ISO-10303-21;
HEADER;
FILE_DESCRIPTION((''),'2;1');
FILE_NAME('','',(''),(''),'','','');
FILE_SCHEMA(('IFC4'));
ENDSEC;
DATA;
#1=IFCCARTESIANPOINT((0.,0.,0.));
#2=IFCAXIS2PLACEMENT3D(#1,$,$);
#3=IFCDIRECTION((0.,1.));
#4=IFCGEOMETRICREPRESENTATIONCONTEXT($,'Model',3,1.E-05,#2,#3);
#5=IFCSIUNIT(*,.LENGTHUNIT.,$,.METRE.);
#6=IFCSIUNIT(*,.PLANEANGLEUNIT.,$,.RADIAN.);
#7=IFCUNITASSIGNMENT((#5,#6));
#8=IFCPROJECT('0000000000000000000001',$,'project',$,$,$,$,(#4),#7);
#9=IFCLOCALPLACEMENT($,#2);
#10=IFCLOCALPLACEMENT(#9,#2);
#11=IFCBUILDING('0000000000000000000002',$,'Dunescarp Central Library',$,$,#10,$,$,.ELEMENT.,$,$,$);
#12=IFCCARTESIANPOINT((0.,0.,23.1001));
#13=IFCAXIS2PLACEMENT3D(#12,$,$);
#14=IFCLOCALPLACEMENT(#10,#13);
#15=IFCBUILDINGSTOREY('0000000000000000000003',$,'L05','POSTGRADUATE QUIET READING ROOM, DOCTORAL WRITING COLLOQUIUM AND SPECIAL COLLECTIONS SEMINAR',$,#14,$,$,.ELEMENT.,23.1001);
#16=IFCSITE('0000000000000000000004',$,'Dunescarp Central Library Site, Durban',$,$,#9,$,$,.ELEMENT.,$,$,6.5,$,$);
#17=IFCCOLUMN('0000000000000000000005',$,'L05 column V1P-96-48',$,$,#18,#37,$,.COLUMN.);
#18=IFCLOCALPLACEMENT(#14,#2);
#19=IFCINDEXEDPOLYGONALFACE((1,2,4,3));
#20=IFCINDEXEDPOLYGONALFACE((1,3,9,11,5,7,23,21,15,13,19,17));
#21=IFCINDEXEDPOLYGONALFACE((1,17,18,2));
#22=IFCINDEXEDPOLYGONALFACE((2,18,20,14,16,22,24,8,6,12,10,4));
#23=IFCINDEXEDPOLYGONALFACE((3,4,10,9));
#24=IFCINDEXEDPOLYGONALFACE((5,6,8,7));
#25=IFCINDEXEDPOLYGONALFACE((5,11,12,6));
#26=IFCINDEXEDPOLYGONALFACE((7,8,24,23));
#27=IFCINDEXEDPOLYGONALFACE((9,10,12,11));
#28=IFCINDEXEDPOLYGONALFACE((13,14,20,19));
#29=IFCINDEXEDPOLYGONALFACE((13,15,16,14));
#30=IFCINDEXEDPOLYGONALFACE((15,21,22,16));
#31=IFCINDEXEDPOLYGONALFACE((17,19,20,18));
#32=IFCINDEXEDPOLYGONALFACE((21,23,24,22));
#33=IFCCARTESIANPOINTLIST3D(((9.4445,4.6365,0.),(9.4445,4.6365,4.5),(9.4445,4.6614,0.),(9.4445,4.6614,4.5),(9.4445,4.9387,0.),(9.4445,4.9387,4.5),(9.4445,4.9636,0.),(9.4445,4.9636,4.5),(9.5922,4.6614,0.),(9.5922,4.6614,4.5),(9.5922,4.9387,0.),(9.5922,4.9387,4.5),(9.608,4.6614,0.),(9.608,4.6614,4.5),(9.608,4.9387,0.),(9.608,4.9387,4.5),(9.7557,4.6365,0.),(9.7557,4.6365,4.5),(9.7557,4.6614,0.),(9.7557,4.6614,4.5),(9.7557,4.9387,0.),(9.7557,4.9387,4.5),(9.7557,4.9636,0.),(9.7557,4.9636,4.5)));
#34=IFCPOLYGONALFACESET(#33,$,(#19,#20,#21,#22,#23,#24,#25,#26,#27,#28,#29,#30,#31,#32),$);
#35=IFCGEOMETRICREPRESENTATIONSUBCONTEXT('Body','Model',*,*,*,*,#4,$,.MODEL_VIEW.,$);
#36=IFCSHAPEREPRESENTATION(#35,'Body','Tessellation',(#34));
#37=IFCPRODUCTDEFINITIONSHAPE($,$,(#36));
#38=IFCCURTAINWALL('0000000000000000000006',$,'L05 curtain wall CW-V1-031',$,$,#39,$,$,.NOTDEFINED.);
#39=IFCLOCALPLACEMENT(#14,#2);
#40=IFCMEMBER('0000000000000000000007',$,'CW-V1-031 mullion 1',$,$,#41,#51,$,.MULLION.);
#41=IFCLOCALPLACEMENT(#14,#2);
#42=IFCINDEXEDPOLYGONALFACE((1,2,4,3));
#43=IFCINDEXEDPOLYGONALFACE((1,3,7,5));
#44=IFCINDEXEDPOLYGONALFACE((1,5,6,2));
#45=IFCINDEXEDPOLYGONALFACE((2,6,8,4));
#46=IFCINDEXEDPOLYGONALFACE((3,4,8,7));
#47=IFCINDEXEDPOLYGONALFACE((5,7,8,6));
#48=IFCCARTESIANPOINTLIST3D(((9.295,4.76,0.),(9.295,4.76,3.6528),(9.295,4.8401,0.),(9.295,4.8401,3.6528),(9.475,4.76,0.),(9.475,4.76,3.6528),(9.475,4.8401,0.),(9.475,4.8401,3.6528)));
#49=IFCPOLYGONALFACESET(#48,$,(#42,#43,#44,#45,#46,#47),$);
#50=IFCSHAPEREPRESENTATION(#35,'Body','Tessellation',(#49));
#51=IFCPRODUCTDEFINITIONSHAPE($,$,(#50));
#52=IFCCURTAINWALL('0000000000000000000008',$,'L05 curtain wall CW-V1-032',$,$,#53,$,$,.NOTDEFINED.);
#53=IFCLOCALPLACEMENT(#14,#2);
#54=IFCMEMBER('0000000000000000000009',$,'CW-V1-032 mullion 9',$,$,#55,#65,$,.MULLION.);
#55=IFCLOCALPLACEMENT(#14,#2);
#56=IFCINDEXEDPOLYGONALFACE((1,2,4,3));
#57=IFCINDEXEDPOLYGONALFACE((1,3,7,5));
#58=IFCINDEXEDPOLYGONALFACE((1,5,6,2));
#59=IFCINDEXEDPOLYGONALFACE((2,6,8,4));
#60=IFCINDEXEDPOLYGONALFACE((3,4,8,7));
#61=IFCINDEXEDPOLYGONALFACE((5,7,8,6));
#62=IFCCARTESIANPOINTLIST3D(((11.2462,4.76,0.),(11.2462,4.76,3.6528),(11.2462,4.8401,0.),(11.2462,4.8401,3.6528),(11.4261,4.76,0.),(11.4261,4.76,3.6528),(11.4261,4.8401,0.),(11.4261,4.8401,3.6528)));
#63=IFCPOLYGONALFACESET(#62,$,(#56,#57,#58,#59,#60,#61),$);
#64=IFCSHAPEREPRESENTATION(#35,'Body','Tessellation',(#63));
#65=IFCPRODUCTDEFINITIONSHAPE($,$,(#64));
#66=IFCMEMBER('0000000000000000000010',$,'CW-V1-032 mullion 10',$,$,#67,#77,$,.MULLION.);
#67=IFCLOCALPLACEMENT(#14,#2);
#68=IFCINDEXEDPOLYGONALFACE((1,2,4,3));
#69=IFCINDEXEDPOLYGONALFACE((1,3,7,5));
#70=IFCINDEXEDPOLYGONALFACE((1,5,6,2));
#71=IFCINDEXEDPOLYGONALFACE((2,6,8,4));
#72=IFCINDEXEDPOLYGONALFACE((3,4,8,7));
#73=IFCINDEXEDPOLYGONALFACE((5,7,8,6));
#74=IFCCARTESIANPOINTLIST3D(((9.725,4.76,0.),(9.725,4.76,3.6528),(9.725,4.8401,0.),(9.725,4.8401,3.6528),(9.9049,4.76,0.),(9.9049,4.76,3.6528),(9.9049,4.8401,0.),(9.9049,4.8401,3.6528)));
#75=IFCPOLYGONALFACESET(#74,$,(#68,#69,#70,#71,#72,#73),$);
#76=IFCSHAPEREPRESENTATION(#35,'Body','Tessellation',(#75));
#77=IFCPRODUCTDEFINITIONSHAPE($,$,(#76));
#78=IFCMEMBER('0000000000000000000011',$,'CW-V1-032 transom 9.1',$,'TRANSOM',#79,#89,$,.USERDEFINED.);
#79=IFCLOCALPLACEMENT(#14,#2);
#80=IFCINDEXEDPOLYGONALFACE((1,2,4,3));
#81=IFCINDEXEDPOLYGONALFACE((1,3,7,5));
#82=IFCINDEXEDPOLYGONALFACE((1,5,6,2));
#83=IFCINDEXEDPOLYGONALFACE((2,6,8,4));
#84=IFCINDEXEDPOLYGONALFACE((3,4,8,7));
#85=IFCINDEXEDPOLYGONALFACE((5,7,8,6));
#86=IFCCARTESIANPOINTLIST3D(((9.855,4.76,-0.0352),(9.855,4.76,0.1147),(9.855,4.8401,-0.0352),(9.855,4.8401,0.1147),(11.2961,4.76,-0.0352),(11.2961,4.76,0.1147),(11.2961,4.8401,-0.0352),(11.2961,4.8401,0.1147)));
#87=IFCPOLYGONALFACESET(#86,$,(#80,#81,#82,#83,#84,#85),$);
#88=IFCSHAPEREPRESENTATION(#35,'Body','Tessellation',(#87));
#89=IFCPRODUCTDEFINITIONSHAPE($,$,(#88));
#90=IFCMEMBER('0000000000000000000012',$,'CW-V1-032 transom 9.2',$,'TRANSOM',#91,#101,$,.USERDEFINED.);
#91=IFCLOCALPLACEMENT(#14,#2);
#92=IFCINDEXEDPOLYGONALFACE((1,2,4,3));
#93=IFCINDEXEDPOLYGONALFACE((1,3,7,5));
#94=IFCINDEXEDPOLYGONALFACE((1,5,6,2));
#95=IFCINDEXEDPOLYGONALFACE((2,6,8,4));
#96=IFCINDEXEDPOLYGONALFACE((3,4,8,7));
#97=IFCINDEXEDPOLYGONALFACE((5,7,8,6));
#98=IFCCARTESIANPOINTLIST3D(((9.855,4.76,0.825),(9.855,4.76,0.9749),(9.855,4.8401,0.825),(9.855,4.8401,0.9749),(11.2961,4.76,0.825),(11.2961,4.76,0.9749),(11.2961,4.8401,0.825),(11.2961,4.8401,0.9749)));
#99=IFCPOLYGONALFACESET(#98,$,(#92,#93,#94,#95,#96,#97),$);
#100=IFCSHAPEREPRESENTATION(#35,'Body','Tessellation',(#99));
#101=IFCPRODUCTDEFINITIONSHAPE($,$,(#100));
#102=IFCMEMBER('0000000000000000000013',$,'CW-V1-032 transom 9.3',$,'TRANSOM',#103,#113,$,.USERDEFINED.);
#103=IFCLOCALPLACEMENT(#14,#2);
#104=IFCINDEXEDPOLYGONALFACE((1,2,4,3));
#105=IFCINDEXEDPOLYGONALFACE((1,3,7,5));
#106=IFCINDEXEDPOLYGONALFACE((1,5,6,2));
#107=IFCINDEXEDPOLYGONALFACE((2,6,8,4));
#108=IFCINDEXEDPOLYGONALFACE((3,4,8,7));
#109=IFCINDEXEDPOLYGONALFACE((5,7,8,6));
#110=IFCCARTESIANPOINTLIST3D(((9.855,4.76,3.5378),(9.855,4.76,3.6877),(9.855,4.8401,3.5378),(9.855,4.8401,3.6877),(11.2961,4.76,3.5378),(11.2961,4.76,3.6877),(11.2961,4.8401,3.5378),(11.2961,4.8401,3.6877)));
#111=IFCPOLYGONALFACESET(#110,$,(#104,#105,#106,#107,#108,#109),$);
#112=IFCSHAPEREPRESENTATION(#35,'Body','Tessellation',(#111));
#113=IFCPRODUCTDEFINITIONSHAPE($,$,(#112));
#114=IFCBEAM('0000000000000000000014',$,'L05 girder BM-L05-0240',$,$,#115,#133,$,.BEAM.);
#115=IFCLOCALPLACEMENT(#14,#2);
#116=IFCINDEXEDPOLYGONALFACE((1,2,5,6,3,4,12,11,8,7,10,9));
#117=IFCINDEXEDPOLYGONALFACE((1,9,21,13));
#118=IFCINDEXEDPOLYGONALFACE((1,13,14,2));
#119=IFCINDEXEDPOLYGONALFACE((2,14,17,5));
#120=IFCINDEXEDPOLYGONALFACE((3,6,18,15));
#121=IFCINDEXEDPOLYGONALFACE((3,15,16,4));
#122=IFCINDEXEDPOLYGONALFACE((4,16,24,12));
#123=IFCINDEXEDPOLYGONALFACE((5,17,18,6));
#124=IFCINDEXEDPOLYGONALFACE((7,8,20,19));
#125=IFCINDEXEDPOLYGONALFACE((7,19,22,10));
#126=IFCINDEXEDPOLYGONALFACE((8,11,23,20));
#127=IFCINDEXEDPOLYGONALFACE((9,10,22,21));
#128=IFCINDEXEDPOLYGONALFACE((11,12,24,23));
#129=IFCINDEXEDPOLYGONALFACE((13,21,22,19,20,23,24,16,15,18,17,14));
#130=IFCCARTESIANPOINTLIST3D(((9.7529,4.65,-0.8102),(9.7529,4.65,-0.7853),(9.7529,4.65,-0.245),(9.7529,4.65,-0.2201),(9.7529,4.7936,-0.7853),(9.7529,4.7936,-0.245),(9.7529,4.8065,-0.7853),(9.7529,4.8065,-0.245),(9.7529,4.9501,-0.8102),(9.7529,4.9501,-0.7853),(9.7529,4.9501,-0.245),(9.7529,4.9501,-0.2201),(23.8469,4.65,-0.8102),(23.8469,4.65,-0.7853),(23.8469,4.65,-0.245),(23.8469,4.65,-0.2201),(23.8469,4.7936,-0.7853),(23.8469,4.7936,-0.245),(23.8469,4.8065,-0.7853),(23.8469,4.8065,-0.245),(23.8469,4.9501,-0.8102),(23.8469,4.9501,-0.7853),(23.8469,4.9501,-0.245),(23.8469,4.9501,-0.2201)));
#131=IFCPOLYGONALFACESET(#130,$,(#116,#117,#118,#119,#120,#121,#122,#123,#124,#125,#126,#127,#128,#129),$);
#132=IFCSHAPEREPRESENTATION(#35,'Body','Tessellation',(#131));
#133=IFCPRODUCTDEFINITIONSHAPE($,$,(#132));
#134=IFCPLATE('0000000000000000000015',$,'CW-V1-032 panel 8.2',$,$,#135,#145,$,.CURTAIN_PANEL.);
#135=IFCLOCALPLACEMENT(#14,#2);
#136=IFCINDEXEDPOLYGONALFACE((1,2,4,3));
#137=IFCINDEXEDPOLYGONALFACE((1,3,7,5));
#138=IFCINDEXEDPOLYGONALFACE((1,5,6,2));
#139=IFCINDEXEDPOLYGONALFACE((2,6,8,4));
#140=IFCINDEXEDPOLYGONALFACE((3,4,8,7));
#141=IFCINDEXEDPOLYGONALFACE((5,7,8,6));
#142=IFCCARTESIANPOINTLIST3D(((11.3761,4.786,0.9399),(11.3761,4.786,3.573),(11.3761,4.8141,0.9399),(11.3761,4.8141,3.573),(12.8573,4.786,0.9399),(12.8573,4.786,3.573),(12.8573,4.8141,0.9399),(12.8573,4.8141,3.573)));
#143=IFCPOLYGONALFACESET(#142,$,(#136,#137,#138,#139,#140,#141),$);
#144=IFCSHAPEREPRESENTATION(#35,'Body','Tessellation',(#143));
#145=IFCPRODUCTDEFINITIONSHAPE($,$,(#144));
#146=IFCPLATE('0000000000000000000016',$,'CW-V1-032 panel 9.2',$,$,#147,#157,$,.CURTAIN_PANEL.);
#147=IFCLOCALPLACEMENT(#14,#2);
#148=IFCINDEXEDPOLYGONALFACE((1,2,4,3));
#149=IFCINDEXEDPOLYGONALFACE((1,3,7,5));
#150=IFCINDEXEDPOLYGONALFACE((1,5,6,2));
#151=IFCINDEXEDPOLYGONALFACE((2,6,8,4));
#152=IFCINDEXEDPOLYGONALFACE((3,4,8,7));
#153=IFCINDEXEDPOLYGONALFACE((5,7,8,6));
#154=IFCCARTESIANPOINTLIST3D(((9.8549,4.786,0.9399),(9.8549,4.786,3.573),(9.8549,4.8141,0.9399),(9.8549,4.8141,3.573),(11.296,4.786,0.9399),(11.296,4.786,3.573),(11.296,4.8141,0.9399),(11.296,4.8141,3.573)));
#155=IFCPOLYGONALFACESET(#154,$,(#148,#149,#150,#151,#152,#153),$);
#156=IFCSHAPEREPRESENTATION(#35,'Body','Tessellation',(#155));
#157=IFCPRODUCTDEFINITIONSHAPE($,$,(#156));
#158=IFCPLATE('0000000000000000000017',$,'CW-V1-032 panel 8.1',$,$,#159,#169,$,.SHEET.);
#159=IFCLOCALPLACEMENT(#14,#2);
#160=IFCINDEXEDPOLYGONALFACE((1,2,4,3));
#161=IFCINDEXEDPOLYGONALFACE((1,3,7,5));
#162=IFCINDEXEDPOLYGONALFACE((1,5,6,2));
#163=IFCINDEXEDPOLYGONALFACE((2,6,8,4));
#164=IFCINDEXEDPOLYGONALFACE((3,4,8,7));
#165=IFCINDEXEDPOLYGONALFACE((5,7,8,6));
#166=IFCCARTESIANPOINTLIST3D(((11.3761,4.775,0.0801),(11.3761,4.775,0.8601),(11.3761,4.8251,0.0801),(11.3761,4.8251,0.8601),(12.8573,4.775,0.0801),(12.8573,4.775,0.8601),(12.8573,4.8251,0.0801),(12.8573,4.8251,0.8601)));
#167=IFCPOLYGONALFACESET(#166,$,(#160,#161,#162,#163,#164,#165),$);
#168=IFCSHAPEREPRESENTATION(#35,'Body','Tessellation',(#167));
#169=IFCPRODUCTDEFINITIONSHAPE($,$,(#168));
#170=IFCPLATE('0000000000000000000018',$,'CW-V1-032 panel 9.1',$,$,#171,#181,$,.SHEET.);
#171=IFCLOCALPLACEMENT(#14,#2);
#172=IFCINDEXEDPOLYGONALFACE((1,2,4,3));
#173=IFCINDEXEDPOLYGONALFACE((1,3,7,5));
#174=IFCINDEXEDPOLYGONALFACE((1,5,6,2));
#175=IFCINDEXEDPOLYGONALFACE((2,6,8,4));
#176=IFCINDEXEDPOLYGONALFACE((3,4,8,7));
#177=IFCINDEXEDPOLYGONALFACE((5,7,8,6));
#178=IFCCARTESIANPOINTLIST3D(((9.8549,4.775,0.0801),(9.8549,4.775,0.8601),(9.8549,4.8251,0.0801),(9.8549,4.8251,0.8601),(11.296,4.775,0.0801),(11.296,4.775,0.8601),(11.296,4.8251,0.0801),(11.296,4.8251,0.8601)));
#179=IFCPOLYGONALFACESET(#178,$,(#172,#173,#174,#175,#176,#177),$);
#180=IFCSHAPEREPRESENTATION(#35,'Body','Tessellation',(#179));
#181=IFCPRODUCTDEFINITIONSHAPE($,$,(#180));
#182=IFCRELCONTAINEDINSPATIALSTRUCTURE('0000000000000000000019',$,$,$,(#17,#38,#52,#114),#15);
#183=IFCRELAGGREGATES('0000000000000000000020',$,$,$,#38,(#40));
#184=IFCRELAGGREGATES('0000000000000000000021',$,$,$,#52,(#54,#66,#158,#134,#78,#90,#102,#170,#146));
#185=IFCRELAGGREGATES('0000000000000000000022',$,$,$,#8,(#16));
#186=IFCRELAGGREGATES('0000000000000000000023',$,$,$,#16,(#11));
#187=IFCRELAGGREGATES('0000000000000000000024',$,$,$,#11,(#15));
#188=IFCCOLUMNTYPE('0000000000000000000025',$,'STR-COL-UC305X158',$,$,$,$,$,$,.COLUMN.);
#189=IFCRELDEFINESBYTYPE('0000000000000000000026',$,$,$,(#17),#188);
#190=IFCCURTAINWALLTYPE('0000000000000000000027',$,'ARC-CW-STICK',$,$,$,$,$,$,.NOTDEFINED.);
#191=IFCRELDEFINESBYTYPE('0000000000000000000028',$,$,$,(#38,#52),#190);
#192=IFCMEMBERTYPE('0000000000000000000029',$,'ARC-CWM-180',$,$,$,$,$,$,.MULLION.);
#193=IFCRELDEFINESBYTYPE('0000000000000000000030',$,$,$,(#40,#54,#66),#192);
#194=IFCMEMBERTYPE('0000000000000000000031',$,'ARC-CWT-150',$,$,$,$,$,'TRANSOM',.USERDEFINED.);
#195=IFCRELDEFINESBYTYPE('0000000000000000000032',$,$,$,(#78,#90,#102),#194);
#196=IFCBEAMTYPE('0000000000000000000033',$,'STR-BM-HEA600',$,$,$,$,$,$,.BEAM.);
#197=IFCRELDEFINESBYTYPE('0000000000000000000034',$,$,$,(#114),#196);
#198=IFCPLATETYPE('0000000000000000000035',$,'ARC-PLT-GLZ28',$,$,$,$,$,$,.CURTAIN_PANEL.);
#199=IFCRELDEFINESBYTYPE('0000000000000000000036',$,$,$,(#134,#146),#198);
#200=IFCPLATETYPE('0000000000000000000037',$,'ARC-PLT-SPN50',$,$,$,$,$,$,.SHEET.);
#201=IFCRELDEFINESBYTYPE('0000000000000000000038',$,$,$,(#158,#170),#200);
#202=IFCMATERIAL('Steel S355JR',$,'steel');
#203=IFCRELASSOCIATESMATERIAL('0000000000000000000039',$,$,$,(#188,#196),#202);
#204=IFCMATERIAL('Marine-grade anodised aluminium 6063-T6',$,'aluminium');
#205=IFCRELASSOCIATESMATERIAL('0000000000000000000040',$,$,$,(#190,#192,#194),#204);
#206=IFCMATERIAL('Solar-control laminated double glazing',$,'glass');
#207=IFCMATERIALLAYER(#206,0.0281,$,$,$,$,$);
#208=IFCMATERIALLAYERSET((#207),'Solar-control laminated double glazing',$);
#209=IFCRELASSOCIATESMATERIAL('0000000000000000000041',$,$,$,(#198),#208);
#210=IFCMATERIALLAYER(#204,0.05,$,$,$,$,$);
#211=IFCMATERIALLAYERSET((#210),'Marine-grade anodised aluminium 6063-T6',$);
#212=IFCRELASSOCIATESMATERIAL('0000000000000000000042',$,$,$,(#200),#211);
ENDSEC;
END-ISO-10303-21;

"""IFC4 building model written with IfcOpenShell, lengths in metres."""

from ifc_helpers import new_model, si_unit, direction, frame, origin, origin_2d, place, context, subcontext, project, spatial, rectangle, i_section, extrude, material, layer, layer_set, material_profile, profile_set, type_object, element, aggregate, save


model = new_model("IFC4")

# Units and contexts
model_context = context("Model", 3, precision=1e-05, world=origin(), true_north=direction((0.0, 1.0)))
body_context = subcontext(model_context, "Body", "Model", "MODEL_VIEW")
ifc_project = project(units=[si_unit("LENGTHUNIT", "METRE"), si_unit("PLANEANGLEUNIT", "RADIAN")], contexts=[model_context])

# Site, building, storey
site_placement = place(None, origin())
site = spatial("IfcSite", under=ifc_project, at=site_placement, Name="Dunescarp Central Library Site, Durban", CompositionType="ELEMENT", RefElevation=6.5)
building_placement = place(site_placement, origin())
building = spatial("IfcBuilding", under=site, at=building_placement, Name="Dunescarp Central Library", CompositionType="ELEMENT")
storey_placement = place(building_placement, frame((0.0, 0.0, 23.1001)))
storey = spatial("IfcBuildingStorey", under=building, at=storey_placement, Name="L05", Description="POSTGRADUATE QUIET READING ROOM, DOCTORAL WRITING COLLOQUIUM AND SPECIAL COLLECTIONS SEMINAR", CompositionType="ELEMENT", Elevation=23.1001)

# Column
ifc_material_1 = material(Name="Steel S355JR", Category="steel")
ifc_material_profile_1 = material_profile(ifc_material_1, i_section(OverallWidth=0.3113, OverallDepth=0.3271, WebThickness=0.0159, FlangeThickness=0.0249, at=origin_2d()), Name="UC 305x305x158")
ifc_profile_set_1 = profile_set([ifc_material_profile_1], Name="Steel S355JR")
column_type = type_object("IfcColumnType", Name="STR-COL-UC305X158", PredefinedType="COLUMN", material=ifc_profile_set_1)
column_placement = place(storey_placement, frame((9.6001, 4.8, 0.0), z_axis=(0.0, 0.0, 1.0), x_axis=(1.0, 0.0, 0.0)))
element("IfcColumn", 1, at=column_placement, inside=storey, type_object=column_type, Name="L05 column V1P-96-48", PredefinedType="COLUMN", context=body_context, shape_type="SweptSolid", body=[
    extrude(i_section(OverallWidth=0.3113, OverallDepth=0.3271, WebThickness=0.0159, FlangeThickness=0.0249, at=origin_2d()), origin(), (0.0, 0.0, 1.0), 4.5),
])

# Curtain wall, member
ifc_material_2 = material(Name="Marine-grade anodised aluminium 6063-T6", Category="aluminium")
curtain_wall_type = type_object("IfcCurtainWallType", Name="ARC-CW-STICK", PredefinedType="NOTDEFINED", material=ifc_material_2)
curtain_wall_1_placement = place(storey_placement, origin())
curtain_wall_1 = element("IfcCurtainWall", 2, at=curtain_wall_1_placement, inside=storey, type_object=curtain_wall_type, Name="L05 curtain wall CW-V1-031", PredefinedType="NOTDEFINED")
ifc_material_profile_2 = material_profile(ifc_material_2, rectangle(XDim=0.0801, YDim=0.1799, at=origin_2d()), Name="AL 80x180")
ifc_profile_set_2 = profile_set([ifc_material_profile_2], Name="Marine-grade anodised aluminium 6063-T6")
member_type_1 = type_object("IfcMemberType", Name="ARC-CWM-180", PredefinedType="MULLION", material=ifc_profile_set_2)
member_1_placement = place(storey_placement, frame((9.385, 4.8, 0.0), z_axis=(0.0, 0.0, 1.0), x_axis=(0.0, -1.0, 0.0)))
member_1 = element("IfcMember", 3, at=member_1_placement, type_object=member_type_1, Name="CW-V1-031 mullion 1", PredefinedType="MULLION", context=body_context, shape_type="SweptSolid", body=[
    extrude(rectangle(XDim=0.0801, YDim=0.1799, at=origin_2d()), origin(), (0.0, 0.0, 1.0), 3.6528),
])
aggregate(curtain_wall_1, [member_1])

# Curtain wall, members
curtain_wall_2_placement = place(storey_placement, origin())
curtain_wall_2 = element("IfcCurtainWall", 4, at=curtain_wall_2_placement, inside=storey, type_object=curtain_wall_type, Name="L05 curtain wall CW-V1-032", PredefinedType="NOTDEFINED")
member_2_placement = place(storey_placement, frame((11.3362, 4.8, 0.0), z_axis=(0.0, 0.0, 1.0), x_axis=(0.0, -1.0, 0.0)))
member_2 = element("IfcMember", 5, at=member_2_placement, type_object=member_type_1, Name="CW-V1-032 mullion 9", PredefinedType="MULLION", context=body_context, shape_type="SweptSolid", body=[
    extrude(rectangle(XDim=0.0801, YDim=0.1799, at=origin_2d()), origin(), (0.0, 0.0, 1.0), 3.6528),
])
member_3_placement = place(storey_placement, frame((9.8149, 4.8, 0.0), z_axis=(0.0, 0.0, 1.0), x_axis=(0.0, -1.0, 0.0)))
member_3 = element("IfcMember", 6, at=member_3_placement, type_object=member_type_1, Name="CW-V1-032 mullion 10", PredefinedType="MULLION", context=body_context, shape_type="SweptSolid", body=[
    extrude(rectangle(XDim=0.0801, YDim=0.1799, at=origin_2d()), origin(), (0.0, 0.0, 1.0), 3.6528),
])
ifc_material_profile_3 = material_profile(ifc_material_2, rectangle(XDim=0.0801, YDim=0.1499, at=origin_2d()), Name="AL 80x150")
ifc_profile_set_3 = profile_set([ifc_material_profile_3], Name="Marine-grade anodised aluminium 6063-T6")
member_type_2 = type_object("IfcMemberType", Name="ARC-CWT-150", ElementType="TRANSOM", PredefinedType="USERDEFINED", material=ifc_profile_set_3)
member_4_placement = place(storey_placement, frame((11.2961, 4.8, 0.0398), z_axis=(-1.0, 0.0, 0.0), x_axis=(0.0, -1.0, 0.0)))
member_4 = element("IfcMember", 7, at=member_4_placement, type_object=member_type_2, Name="CW-V1-032 transom 9.1", ObjectType="TRANSOM", PredefinedType="USERDEFINED", context=body_context, shape_type="SweptSolid", body=[
    extrude(rectangle(XDim=0.0801, YDim=0.1499, at=origin_2d()), origin(), (0.0, 0.0, 1.0), 1.4412),
])
member_5_placement = place(storey_placement, frame((11.2961, 4.8, 0.8999), z_axis=(-1.0, 0.0, 0.0), x_axis=(0.0, -1.0, 0.0)))
member_5 = element("IfcMember", 8, at=member_5_placement, type_object=member_type_2, Name="CW-V1-032 transom 9.2", ObjectType="TRANSOM", PredefinedType="USERDEFINED", context=body_context, shape_type="SweptSolid", body=[
    extrude(rectangle(XDim=0.0801, YDim=0.1499, at=origin_2d()), origin(), (0.0, 0.0, 1.0), 1.4412),
])
member_6_placement = place(storey_placement, frame((11.2961, 4.8, 3.6128), z_axis=(-1.0, 0.0, 0.0), x_axis=(0.0, -1.0, 0.0)))
member_6 = element("IfcMember", 9, at=member_6_placement, type_object=member_type_2, Name="CW-V1-032 transom 9.3", ObjectType="TRANSOM", PredefinedType="USERDEFINED", context=body_context, shape_type="SweptSolid", body=[
    extrude(rectangle(XDim=0.0801, YDim=0.1499, at=origin_2d()), origin(), (0.0, 0.0, 1.0), 1.4412),
])

# Beam
ifc_material_profile_4 = material_profile(ifc_material_1, i_section(OverallWidth=0.3, OverallDepth=0.5901, WebThickness=0.0129, FlangeThickness=0.0249, at=origin_2d()), Name="HEA 600")
ifc_profile_set_4 = profile_set([ifc_material_profile_4], Name="Steel S355JR")
beam_type = type_object("IfcBeamType", Name="STR-BM-HEA600", PredefinedType="BEAM", material=ifc_profile_set_4)
beam_placement = place(storey_placement, frame((9.7529, 4.8, -0.5151), z_axis=(1.0, 0.0, 0.0), x_axis=(0.0, 1.0, 0.0)))
element("IfcBeam", 10, at=beam_placement, inside=storey, type_object=beam_type, Name="L05 girder BM-L05-0240", PredefinedType="BEAM", context=body_context, shape_type="SweptSolid", body=[
    extrude(i_section(OverallWidth=0.3, OverallDepth=0.5901, WebThickness=0.0129, FlangeThickness=0.0249, at=origin_2d()), origin(), (0.0, 0.0, 1.0), 14.094),
])

# Plates
ifc_material_3 = material(Name="Solar-control laminated double glazing", Category="glass")
ifc_layer_1 = layer(ifc_material_3, 0.0281)
ifc_layer_set_1 = layer_set([ifc_layer_1], Name="Solar-control laminated double glazing")
plate_type_1 = type_object("IfcPlateType", Name="ARC-PLT-GLZ28", PredefinedType="CURTAIN_PANEL", material=ifc_layer_set_1)
plate_1_placement = place(storey_placement, frame((12.1167, 4.8, 0.9399), z_axis=(0.0, 0.0, 1.0), x_axis=(-1.0, 0.0, 0.0)))
plate_1 = element("IfcPlate", 11, at=plate_1_placement, type_object=plate_type_1, Name="CW-V1-032 panel 8.2", PredefinedType="CURTAIN_PANEL", context=body_context, shape_type="SweptSolid", body=[
    extrude(rectangle(XDim=1.4812, YDim=0.0281, at=origin_2d()), origin(), (0.0, 0.0, 1.0), 2.6331),
])
plate_2_placement = place(storey_placement, frame((10.5754, 4.8, 0.9399), z_axis=(0.0, 0.0, 1.0), x_axis=(-1.0, 0.0, 0.0)))
plate_2 = element("IfcPlate", 12, at=plate_2_placement, type_object=plate_type_1, Name="CW-V1-032 panel 9.2", PredefinedType="CURTAIN_PANEL", context=body_context, shape_type="SweptSolid", body=[
    extrude(rectangle(XDim=1.4412, YDim=0.0281, at=origin_2d()), origin(), (0.0, 0.0, 1.0), 2.6331),
])
ifc_layer_2 = layer(ifc_material_2, 0.05)
ifc_layer_set_2 = layer_set([ifc_layer_2], Name="Marine-grade anodised aluminium 6063-T6")
plate_type_2 = type_object("IfcPlateType", Name="ARC-PLT-SPN50", PredefinedType="SHEET", material=ifc_layer_set_2)
plate_3_placement = place(storey_placement, frame((12.1167, 4.8, 0.0801), z_axis=(0.0, 0.0, 1.0), x_axis=(-1.0, 0.0, 0.0)))
plate_3 = element("IfcPlate", 13, at=plate_3_placement, type_object=plate_type_2, Name="CW-V1-032 panel 8.1", PredefinedType="SHEET", context=body_context, shape_type="SweptSolid", body=[
    extrude(rectangle(XDim=1.4812, YDim=0.05, at=origin_2d()), origin(), (0.0, 0.0, 1.0), 0.78),
])
plate_4_placement = place(storey_placement, frame((10.5754, 4.8, 0.0801), z_axis=(0.0, 0.0, 1.0), x_axis=(-1.0, 0.0, 0.0)))
plate_4 = element("IfcPlate", 14, at=plate_4_placement, type_object=plate_type_2, Name="CW-V1-032 panel 9.1", PredefinedType="SHEET", context=body_context, shape_type="SweptSolid", body=[
    extrude(rectangle(XDim=1.4412, YDim=0.05, at=origin_2d()), origin(), (0.0, 0.0, 1.0), 0.78),
])
aggregate(curtain_wall_2, [member_2, member_3, plate_3, plate_1, member_4, member_5, member_6, plate_4, plate_2])

save(model, "model.ifc")
